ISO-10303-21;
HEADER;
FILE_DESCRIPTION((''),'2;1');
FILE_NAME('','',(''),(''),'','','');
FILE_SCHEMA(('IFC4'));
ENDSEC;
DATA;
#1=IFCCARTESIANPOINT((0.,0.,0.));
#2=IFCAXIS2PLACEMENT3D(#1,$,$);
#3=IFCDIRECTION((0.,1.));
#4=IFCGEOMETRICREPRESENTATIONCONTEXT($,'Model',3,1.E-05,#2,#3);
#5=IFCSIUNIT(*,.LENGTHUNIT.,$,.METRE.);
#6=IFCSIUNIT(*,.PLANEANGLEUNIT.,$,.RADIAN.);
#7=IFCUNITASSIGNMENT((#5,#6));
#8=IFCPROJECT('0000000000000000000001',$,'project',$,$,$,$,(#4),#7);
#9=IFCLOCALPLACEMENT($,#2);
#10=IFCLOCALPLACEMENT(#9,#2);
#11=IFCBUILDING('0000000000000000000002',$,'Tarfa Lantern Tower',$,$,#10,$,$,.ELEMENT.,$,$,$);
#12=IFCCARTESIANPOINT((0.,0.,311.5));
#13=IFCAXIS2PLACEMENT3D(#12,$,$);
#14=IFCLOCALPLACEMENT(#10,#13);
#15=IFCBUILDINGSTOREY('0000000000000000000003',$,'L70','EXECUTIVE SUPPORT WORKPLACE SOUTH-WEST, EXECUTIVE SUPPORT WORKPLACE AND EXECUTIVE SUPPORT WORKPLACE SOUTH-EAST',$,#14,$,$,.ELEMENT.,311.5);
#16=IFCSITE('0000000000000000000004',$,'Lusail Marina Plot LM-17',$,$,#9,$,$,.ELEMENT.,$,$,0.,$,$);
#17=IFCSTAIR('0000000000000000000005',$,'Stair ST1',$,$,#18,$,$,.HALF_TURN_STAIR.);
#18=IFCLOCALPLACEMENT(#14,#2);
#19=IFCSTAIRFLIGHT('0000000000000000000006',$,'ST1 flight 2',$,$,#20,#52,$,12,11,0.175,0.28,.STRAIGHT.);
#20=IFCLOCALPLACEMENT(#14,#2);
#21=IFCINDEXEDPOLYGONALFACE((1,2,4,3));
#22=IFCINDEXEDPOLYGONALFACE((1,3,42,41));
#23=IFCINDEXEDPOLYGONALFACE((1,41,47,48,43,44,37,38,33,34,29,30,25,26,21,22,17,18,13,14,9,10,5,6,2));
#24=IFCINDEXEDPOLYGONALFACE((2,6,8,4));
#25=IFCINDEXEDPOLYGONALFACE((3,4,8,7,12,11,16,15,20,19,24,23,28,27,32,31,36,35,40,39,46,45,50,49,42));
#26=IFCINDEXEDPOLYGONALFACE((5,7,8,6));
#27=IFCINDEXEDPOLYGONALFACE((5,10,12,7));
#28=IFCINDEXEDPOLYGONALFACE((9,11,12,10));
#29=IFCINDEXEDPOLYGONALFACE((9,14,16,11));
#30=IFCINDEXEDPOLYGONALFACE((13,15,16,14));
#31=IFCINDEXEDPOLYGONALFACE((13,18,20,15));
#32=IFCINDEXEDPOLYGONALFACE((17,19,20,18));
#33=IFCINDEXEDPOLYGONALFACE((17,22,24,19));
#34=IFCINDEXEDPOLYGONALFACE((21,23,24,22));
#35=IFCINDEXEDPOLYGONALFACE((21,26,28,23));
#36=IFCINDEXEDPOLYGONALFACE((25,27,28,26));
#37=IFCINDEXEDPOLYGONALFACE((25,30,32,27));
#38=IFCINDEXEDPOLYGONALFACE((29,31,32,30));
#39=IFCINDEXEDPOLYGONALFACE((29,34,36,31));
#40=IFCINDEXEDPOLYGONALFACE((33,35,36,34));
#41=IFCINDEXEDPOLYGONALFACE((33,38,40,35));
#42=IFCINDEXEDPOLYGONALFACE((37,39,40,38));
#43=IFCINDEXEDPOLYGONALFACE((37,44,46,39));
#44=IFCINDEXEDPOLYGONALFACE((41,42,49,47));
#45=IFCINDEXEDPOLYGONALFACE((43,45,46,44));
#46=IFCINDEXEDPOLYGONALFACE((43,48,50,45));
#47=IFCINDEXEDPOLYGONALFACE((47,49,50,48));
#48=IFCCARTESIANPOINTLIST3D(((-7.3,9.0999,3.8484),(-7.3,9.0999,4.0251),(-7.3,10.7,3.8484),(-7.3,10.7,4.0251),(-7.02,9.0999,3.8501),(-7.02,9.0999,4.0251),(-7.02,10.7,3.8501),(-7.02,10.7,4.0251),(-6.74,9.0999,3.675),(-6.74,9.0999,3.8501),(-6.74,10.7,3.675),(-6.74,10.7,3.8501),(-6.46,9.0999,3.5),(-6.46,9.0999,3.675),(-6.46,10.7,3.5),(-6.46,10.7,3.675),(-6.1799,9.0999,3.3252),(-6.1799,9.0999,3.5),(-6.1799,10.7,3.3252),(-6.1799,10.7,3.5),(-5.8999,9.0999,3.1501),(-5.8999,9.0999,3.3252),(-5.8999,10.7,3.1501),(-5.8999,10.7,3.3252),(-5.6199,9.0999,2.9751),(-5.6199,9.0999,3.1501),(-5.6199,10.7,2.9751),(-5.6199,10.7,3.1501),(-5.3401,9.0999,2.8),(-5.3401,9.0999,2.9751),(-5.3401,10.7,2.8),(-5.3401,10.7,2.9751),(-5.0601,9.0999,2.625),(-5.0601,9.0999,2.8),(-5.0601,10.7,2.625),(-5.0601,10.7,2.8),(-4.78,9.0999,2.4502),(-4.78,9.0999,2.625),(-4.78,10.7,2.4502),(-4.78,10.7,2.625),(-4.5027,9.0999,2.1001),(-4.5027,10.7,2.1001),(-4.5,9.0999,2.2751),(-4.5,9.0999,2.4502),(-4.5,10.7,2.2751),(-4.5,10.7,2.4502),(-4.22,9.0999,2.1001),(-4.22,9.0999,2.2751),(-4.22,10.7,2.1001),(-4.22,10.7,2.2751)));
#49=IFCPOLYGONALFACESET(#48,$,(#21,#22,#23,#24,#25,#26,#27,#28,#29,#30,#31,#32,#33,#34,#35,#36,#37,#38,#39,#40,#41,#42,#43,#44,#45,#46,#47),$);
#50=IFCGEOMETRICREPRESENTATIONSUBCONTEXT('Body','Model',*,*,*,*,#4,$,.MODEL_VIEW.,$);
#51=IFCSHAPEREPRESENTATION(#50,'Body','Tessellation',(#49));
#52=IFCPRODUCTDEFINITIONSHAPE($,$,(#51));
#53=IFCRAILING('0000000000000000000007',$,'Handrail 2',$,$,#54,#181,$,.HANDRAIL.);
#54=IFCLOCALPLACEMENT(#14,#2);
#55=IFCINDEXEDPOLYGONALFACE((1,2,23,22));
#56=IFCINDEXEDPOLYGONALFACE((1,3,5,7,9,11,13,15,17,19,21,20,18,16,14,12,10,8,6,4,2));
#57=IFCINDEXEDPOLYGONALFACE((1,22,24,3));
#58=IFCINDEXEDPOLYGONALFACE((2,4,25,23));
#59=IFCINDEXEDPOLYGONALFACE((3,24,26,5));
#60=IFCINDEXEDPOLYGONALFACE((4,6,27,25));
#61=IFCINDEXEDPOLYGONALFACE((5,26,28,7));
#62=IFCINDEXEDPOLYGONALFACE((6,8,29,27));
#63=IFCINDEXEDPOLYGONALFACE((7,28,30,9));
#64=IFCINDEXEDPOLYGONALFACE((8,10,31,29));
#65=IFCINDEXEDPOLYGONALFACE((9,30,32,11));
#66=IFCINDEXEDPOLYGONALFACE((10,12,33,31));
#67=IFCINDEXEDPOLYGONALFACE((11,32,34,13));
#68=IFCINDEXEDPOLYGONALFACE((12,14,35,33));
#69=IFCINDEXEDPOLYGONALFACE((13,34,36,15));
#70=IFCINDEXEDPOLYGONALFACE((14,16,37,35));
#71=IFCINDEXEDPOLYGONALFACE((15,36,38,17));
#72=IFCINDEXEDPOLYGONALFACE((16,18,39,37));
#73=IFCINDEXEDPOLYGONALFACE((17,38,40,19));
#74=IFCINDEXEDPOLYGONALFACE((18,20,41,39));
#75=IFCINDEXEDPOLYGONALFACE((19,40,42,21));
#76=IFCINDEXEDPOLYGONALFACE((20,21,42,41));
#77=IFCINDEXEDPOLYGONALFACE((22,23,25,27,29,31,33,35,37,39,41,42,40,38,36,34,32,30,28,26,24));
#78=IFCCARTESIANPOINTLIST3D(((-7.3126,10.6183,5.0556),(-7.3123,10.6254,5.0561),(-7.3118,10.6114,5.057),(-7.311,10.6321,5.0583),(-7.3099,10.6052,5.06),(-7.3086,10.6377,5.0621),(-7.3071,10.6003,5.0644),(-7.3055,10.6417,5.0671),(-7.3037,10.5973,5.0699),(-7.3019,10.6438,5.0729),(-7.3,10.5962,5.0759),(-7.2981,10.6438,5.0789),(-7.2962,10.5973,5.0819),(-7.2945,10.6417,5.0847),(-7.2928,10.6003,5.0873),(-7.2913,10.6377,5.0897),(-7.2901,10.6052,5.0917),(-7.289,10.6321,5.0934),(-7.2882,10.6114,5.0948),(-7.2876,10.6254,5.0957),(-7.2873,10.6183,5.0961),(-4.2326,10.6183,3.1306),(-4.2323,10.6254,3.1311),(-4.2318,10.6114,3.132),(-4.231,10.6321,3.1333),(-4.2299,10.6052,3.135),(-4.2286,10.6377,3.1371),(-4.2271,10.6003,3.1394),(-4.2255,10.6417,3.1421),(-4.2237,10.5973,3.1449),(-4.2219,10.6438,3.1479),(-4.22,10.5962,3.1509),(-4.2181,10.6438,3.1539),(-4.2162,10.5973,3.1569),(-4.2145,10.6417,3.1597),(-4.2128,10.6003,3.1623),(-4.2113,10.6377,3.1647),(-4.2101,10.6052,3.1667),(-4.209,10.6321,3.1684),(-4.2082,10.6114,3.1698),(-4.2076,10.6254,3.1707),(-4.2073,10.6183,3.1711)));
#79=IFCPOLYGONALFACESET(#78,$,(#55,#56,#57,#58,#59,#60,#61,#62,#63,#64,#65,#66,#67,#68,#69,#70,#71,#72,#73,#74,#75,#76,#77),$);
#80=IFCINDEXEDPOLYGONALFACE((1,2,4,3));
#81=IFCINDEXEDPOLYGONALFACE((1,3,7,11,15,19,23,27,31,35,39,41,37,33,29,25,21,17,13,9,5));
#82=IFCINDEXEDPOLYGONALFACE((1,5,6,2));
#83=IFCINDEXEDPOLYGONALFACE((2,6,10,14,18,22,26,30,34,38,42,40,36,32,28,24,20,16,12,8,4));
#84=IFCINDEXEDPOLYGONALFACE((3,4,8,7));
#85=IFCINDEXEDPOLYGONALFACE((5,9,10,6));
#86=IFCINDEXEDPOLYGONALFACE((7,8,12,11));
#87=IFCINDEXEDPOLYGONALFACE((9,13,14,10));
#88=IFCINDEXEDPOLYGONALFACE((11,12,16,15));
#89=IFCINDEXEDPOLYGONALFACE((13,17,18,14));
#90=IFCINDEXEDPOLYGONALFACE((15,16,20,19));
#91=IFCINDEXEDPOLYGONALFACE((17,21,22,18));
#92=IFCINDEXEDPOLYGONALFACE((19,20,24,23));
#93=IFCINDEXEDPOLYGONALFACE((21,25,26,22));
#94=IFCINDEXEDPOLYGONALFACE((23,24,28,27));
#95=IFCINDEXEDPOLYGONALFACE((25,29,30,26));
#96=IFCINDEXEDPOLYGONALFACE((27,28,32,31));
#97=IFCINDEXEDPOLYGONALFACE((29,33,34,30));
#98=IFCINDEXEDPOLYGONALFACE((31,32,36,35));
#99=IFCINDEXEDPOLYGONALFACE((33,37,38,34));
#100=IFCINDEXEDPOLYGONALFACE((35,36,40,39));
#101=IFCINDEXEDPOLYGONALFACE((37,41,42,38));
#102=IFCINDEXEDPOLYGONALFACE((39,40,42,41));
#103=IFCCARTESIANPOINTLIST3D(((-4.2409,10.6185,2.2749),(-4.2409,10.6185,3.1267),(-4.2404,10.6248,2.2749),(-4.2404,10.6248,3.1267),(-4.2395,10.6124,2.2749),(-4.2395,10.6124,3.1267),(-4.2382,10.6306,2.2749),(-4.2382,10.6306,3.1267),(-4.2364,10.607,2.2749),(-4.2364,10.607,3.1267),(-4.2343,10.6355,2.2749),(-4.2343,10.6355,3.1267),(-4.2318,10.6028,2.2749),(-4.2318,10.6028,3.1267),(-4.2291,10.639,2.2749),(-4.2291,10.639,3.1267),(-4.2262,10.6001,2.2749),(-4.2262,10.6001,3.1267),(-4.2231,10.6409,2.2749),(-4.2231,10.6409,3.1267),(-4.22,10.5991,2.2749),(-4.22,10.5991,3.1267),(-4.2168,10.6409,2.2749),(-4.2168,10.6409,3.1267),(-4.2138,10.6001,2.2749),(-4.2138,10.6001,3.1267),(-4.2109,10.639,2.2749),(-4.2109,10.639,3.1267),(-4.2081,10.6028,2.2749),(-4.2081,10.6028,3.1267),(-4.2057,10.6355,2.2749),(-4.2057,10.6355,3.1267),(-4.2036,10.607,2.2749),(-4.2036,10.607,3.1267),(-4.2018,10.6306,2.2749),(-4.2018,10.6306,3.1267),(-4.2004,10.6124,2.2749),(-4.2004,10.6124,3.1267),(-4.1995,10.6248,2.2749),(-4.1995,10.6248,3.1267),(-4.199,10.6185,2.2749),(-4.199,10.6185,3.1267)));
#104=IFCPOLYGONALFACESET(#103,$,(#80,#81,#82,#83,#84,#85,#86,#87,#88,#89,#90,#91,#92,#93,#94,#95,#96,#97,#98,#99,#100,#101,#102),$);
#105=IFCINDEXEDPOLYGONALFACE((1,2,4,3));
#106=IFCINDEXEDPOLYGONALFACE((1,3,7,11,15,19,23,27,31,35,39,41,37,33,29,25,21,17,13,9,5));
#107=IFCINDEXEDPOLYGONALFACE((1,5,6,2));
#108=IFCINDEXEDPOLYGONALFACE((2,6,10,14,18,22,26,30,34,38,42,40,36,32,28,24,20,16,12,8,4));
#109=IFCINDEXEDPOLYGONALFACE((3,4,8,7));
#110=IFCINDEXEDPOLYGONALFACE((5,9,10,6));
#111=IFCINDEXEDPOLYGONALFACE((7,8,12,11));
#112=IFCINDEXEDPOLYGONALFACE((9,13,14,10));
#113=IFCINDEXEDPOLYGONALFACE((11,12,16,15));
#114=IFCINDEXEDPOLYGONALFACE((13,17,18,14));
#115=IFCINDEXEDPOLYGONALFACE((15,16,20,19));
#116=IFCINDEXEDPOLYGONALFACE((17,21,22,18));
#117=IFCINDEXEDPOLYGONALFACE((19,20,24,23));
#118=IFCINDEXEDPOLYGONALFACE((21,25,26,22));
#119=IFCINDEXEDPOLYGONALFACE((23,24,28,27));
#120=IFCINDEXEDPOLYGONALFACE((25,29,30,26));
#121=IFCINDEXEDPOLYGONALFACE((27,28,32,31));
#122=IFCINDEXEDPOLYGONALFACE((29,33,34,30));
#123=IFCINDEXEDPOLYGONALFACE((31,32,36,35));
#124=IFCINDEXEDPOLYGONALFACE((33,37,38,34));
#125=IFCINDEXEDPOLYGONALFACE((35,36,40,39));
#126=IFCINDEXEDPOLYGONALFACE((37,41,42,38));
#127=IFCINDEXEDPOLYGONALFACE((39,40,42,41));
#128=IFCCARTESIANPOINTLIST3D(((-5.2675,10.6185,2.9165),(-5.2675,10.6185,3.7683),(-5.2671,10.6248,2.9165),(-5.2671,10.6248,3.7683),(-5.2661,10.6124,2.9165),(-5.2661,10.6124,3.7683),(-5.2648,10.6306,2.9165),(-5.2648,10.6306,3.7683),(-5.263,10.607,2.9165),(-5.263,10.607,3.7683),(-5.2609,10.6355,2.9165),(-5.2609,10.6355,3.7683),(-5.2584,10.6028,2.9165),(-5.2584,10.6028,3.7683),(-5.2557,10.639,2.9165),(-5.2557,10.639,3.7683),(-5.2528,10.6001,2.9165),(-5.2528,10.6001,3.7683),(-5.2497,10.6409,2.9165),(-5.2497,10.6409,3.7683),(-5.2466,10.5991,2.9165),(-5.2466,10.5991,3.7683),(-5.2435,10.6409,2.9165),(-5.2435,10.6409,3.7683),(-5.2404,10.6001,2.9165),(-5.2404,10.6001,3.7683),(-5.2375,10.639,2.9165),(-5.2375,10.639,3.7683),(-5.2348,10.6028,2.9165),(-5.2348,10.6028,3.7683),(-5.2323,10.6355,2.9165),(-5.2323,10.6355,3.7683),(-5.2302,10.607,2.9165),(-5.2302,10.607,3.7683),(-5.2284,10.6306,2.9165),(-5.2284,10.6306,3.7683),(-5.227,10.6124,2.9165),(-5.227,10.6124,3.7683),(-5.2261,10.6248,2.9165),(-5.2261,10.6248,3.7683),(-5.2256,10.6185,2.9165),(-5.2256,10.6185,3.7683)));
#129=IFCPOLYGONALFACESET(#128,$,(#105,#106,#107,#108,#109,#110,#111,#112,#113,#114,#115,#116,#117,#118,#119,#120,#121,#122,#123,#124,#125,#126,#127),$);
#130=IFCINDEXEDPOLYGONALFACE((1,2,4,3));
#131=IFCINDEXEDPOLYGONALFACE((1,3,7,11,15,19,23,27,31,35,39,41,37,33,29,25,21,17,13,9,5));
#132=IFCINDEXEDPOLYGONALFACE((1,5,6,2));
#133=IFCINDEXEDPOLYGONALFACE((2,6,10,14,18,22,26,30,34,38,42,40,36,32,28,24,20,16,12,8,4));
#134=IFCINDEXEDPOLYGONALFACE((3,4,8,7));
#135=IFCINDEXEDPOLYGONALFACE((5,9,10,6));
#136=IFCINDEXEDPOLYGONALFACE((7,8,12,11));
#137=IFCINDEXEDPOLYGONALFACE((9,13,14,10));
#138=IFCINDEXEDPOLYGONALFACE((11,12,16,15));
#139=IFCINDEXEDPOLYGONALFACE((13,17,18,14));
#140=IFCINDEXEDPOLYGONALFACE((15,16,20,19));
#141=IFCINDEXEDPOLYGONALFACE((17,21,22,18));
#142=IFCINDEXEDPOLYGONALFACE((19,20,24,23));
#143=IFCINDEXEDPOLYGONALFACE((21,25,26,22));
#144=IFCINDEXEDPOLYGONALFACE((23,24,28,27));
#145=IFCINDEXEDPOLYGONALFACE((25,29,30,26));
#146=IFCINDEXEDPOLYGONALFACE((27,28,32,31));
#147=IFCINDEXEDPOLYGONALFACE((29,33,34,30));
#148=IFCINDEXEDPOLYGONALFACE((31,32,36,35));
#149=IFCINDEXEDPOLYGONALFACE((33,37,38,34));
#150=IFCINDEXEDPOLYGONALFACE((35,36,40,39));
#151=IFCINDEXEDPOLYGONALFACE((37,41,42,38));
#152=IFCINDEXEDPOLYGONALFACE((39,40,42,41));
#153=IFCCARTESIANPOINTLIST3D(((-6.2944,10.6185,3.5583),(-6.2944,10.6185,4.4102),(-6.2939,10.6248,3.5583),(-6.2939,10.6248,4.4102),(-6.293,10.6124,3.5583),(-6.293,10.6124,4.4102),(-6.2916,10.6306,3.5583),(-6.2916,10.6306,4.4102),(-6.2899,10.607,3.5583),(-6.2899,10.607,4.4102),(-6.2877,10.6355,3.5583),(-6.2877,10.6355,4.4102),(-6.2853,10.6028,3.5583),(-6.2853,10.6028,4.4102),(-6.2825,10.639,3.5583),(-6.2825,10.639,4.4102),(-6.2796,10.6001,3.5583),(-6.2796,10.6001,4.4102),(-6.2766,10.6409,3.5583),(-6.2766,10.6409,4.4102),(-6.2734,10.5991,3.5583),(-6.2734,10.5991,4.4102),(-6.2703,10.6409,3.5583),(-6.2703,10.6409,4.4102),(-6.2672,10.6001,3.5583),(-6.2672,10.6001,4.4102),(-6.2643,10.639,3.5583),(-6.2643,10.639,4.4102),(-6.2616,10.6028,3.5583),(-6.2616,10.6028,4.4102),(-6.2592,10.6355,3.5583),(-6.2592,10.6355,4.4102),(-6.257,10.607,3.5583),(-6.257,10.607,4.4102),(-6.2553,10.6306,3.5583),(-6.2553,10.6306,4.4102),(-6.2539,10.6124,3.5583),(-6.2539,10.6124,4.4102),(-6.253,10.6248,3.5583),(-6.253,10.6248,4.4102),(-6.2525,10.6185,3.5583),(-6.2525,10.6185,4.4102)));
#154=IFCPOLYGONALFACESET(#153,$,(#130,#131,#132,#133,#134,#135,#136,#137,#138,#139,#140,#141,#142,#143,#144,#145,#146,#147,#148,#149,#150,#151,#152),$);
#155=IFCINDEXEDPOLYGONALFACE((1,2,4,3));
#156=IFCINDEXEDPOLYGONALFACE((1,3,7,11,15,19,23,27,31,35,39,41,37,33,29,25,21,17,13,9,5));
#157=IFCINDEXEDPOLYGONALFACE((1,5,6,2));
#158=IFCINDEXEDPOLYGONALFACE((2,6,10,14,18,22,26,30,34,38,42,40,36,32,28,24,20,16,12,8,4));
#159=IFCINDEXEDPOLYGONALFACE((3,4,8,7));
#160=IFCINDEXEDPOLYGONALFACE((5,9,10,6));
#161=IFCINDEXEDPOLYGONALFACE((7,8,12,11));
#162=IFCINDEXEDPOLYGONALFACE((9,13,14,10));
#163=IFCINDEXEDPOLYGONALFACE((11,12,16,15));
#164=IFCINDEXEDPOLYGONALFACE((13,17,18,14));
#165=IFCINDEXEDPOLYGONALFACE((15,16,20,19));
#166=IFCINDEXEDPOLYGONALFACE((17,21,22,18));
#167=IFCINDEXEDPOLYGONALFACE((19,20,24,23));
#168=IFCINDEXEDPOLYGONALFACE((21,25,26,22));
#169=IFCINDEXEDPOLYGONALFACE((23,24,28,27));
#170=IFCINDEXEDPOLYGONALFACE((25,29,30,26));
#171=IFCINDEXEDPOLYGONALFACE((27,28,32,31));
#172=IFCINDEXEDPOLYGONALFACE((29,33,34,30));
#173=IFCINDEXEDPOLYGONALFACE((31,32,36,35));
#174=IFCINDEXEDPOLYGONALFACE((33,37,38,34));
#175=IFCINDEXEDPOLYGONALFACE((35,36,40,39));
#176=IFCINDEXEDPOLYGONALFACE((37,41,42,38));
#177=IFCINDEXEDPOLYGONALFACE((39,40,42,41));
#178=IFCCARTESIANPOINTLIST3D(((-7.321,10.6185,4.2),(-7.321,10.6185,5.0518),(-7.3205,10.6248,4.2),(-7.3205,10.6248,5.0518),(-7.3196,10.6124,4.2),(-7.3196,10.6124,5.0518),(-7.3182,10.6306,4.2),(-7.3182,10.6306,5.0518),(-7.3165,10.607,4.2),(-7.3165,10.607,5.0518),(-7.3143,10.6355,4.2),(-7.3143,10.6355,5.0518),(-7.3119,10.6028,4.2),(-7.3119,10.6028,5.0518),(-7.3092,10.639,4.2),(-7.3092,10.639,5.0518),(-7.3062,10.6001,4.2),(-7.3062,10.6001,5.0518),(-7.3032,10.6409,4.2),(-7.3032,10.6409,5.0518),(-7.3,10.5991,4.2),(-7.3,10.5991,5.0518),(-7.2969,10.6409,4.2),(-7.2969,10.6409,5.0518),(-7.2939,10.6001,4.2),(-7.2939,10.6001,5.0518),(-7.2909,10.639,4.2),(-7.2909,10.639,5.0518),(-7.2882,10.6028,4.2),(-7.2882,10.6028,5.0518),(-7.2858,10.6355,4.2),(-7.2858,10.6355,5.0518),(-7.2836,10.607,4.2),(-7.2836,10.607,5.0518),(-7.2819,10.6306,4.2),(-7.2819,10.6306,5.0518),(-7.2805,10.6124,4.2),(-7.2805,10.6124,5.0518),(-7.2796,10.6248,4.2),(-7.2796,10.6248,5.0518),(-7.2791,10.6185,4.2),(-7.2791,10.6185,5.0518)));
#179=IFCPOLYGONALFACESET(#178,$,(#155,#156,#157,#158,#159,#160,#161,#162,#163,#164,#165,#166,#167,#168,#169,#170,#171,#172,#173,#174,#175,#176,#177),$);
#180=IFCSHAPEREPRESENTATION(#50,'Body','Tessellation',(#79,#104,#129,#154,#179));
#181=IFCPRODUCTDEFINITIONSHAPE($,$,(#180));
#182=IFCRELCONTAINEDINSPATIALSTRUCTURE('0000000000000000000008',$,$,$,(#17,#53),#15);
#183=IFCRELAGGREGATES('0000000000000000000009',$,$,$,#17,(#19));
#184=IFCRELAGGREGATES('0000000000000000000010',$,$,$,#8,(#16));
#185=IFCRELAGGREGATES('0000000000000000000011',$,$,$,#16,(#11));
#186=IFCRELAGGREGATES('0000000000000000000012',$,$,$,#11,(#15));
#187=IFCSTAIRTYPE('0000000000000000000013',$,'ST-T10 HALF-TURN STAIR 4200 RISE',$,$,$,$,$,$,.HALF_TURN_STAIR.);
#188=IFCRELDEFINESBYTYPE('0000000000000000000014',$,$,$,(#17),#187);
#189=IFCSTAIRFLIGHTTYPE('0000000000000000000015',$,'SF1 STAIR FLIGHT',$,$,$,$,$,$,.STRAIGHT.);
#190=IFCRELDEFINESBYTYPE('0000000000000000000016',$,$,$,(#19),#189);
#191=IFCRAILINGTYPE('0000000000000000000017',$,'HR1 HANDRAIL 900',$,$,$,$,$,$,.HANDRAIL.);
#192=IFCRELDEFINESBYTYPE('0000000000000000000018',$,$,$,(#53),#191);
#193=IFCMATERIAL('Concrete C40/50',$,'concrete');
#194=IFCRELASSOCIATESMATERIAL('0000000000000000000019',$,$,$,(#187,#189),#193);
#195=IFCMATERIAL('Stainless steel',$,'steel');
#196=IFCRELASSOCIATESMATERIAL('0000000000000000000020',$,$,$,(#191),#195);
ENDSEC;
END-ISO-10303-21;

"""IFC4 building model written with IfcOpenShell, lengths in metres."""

from ifc_helpers import new_model, si_unit, direction, frame, origin, origin_2d, place, context, subcontext, project, spatial, polyline, circle, outline, extrude, material, type_object, element, aggregate, save


model = new_model("IFC4")

# Units and contexts
model_context = context("Model", 3, precision=1e-05, world=origin(), true_north=direction((0.0, 1.0)))
body_context = subcontext(model_context, "Body", "Model", "MODEL_VIEW")
ifc_project = project(units=[si_unit("LENGTHUNIT", "METRE"), si_unit("PLANEANGLEUNIT", "RADIAN")], contexts=[model_context])

# Site, building, storey
site_placement = place(None, origin())
site = spatial("IfcSite", under=ifc_project, at=site_placement, Name="Lusail Marina Plot LM-17", CompositionType="ELEMENT", RefElevation=0.0)
building_placement = place(site_placement, origin())
building = spatial("IfcBuilding", under=site, at=building_placement, Name="Tarfa Lantern Tower", CompositionType="ELEMENT")
storey_placement = place(building_placement, frame((0.0, 0.0, 311.5)))
storey = spatial("IfcBuildingStorey", under=building, at=storey_placement, Name="L70", Description="EXECUTIVE SUPPORT WORKPLACE SOUTH-WEST, EXECUTIVE SUPPORT WORKPLACE AND EXECUTIVE SUPPORT WORKPLACE SOUTH-EAST", CompositionType="ELEMENT", Elevation=311.5)

# Stair, stair flight
ifc_material_1 = material(Name="Concrete C40/50", Category="concrete")
stair_type = type_object("IfcStairType", Name="ST-T10 HALF-TURN STAIR 4200 RISE", PredefinedType="HALF_TURN_STAIR", material=ifc_material_1)
stair_placement = place(storey_placement, origin())
stair = element("IfcStair", 1, at=stair_placement, inside=storey, type_object=stair_type, Name="Stair ST1", PredefinedType="HALF_TURN_STAIR")
stair_flight_type = type_object("IfcStairFlightType", Name="SF1 STAIR FLIGHT", PredefinedType="STRAIGHT", material=ifc_material_1)
stair_flight_1_placement = place(storey_placement, frame((-4.22, 9.8999, 2.1001), z_axis=(0.0, 0.0, 1.0), x_axis=(-1.0, 0.0, 0.0)))
stair_flight_1 = element("IfcStairFlight", 2, at=stair_flight_1_placement, type_object=stair_flight_type, Name="ST1 flight 2", NumberOfRisers=12, NumberOfTreads=11, PredefinedType="STRAIGHT", RiserHeight=0.175, TreadLength=0.28, context=body_context, shape_type="SweptSolid", body=[
    extrude(outline(polyline([(0.0, 0.0), (0.0, 0.175), (0.28, 0.175), (0.28, 0.3501), (0.5601, 0.3501), (0.5601, 0.5249), (0.8401, 0.5249), (0.8401, 0.7), (1.1201, 0.7), (1.1201, 0.875), (1.3999, 0.875), (1.3999, 1.05), (1.6799, 1.05), (1.6799, 1.2251), (1.96, 1.2251), (1.96, 1.3999), (2.24, 1.3999), (2.24, 1.575), (2.52, 1.575), (2.52, 1.75), (2.8, 1.75), (2.8, 1.925), (3.0801, 1.925), (3.0801, 2.1001), (3.0801, 1.7483), (0.2827, 0.0), (0.0, 0.0)])), frame((0.0, 0.8, 0.0), z_axis=(0.0, -1.0, 0.0), x_axis=(1.0, 0.0, 0.0)), (0.0, 0.0, 1.0), 1.6001),
])
aggregate(stair, [stair_flight_1])

# Railing
ifc_material_2 = material(Name="Stainless steel", Category="steel")
railing_type = type_object("IfcRailingType", Name="HR1 HANDRAIL 900", PredefinedType="HANDRAIL", material=ifc_material_2)
railing_placement = place(storey_placement, frame((-4.22, 10.6201, 2.2749)))
element("IfcRailing", 3, at=railing_placement, inside=storey, type_object=railing_type, Name="Handrail 2", PredefinedType="HANDRAIL", context=body_context, shape_type="SweptSolid", body=[
    extrude(circle(Radius=0.0239, at=origin_2d()), frame((0.0, 0.0, 0.876), z_axis=(-0.847998, 0.0, 0.529999), x_axis=(0.0, -1.0, 0.0)), (0.0, 0.0, 1.0), 3.6321),
    extrude(circle(Radius=0.021, at=origin_2d()), frame((0.0, 0.0, 0.0), z_axis=(0.0, 0.0, 1.0), x_axis=(0.0, -1.0, 0.0)), (0.0, 0.0, 1.0), 0.8518),
    extrude(circle(Radius=0.021, at=origin_2d()), frame((-1.0266, 0.0, 0.6416), z_axis=(0.0, 0.0, 1.0), x_axis=(0.0, -1.0, 0.0)), (0.0, 0.0, 1.0), 0.8518),
    extrude(circle(Radius=0.021, at=origin_2d()), frame((-2.0535, 0.0, 1.2834), z_axis=(0.0, 0.0, 1.0), x_axis=(0.0, -1.0, 0.0)), (0.0, 0.0, 1.0), 0.8518),
    extrude(circle(Radius=0.021, at=origin_2d()), frame((-3.0801, 0.0, 1.925), z_axis=(0.0, 0.0, 1.0), x_axis=(0.0, -1.0, 0.0)), (0.0, 0.0, 1.0), 0.8518),
])

save(model, "model.ifc")
